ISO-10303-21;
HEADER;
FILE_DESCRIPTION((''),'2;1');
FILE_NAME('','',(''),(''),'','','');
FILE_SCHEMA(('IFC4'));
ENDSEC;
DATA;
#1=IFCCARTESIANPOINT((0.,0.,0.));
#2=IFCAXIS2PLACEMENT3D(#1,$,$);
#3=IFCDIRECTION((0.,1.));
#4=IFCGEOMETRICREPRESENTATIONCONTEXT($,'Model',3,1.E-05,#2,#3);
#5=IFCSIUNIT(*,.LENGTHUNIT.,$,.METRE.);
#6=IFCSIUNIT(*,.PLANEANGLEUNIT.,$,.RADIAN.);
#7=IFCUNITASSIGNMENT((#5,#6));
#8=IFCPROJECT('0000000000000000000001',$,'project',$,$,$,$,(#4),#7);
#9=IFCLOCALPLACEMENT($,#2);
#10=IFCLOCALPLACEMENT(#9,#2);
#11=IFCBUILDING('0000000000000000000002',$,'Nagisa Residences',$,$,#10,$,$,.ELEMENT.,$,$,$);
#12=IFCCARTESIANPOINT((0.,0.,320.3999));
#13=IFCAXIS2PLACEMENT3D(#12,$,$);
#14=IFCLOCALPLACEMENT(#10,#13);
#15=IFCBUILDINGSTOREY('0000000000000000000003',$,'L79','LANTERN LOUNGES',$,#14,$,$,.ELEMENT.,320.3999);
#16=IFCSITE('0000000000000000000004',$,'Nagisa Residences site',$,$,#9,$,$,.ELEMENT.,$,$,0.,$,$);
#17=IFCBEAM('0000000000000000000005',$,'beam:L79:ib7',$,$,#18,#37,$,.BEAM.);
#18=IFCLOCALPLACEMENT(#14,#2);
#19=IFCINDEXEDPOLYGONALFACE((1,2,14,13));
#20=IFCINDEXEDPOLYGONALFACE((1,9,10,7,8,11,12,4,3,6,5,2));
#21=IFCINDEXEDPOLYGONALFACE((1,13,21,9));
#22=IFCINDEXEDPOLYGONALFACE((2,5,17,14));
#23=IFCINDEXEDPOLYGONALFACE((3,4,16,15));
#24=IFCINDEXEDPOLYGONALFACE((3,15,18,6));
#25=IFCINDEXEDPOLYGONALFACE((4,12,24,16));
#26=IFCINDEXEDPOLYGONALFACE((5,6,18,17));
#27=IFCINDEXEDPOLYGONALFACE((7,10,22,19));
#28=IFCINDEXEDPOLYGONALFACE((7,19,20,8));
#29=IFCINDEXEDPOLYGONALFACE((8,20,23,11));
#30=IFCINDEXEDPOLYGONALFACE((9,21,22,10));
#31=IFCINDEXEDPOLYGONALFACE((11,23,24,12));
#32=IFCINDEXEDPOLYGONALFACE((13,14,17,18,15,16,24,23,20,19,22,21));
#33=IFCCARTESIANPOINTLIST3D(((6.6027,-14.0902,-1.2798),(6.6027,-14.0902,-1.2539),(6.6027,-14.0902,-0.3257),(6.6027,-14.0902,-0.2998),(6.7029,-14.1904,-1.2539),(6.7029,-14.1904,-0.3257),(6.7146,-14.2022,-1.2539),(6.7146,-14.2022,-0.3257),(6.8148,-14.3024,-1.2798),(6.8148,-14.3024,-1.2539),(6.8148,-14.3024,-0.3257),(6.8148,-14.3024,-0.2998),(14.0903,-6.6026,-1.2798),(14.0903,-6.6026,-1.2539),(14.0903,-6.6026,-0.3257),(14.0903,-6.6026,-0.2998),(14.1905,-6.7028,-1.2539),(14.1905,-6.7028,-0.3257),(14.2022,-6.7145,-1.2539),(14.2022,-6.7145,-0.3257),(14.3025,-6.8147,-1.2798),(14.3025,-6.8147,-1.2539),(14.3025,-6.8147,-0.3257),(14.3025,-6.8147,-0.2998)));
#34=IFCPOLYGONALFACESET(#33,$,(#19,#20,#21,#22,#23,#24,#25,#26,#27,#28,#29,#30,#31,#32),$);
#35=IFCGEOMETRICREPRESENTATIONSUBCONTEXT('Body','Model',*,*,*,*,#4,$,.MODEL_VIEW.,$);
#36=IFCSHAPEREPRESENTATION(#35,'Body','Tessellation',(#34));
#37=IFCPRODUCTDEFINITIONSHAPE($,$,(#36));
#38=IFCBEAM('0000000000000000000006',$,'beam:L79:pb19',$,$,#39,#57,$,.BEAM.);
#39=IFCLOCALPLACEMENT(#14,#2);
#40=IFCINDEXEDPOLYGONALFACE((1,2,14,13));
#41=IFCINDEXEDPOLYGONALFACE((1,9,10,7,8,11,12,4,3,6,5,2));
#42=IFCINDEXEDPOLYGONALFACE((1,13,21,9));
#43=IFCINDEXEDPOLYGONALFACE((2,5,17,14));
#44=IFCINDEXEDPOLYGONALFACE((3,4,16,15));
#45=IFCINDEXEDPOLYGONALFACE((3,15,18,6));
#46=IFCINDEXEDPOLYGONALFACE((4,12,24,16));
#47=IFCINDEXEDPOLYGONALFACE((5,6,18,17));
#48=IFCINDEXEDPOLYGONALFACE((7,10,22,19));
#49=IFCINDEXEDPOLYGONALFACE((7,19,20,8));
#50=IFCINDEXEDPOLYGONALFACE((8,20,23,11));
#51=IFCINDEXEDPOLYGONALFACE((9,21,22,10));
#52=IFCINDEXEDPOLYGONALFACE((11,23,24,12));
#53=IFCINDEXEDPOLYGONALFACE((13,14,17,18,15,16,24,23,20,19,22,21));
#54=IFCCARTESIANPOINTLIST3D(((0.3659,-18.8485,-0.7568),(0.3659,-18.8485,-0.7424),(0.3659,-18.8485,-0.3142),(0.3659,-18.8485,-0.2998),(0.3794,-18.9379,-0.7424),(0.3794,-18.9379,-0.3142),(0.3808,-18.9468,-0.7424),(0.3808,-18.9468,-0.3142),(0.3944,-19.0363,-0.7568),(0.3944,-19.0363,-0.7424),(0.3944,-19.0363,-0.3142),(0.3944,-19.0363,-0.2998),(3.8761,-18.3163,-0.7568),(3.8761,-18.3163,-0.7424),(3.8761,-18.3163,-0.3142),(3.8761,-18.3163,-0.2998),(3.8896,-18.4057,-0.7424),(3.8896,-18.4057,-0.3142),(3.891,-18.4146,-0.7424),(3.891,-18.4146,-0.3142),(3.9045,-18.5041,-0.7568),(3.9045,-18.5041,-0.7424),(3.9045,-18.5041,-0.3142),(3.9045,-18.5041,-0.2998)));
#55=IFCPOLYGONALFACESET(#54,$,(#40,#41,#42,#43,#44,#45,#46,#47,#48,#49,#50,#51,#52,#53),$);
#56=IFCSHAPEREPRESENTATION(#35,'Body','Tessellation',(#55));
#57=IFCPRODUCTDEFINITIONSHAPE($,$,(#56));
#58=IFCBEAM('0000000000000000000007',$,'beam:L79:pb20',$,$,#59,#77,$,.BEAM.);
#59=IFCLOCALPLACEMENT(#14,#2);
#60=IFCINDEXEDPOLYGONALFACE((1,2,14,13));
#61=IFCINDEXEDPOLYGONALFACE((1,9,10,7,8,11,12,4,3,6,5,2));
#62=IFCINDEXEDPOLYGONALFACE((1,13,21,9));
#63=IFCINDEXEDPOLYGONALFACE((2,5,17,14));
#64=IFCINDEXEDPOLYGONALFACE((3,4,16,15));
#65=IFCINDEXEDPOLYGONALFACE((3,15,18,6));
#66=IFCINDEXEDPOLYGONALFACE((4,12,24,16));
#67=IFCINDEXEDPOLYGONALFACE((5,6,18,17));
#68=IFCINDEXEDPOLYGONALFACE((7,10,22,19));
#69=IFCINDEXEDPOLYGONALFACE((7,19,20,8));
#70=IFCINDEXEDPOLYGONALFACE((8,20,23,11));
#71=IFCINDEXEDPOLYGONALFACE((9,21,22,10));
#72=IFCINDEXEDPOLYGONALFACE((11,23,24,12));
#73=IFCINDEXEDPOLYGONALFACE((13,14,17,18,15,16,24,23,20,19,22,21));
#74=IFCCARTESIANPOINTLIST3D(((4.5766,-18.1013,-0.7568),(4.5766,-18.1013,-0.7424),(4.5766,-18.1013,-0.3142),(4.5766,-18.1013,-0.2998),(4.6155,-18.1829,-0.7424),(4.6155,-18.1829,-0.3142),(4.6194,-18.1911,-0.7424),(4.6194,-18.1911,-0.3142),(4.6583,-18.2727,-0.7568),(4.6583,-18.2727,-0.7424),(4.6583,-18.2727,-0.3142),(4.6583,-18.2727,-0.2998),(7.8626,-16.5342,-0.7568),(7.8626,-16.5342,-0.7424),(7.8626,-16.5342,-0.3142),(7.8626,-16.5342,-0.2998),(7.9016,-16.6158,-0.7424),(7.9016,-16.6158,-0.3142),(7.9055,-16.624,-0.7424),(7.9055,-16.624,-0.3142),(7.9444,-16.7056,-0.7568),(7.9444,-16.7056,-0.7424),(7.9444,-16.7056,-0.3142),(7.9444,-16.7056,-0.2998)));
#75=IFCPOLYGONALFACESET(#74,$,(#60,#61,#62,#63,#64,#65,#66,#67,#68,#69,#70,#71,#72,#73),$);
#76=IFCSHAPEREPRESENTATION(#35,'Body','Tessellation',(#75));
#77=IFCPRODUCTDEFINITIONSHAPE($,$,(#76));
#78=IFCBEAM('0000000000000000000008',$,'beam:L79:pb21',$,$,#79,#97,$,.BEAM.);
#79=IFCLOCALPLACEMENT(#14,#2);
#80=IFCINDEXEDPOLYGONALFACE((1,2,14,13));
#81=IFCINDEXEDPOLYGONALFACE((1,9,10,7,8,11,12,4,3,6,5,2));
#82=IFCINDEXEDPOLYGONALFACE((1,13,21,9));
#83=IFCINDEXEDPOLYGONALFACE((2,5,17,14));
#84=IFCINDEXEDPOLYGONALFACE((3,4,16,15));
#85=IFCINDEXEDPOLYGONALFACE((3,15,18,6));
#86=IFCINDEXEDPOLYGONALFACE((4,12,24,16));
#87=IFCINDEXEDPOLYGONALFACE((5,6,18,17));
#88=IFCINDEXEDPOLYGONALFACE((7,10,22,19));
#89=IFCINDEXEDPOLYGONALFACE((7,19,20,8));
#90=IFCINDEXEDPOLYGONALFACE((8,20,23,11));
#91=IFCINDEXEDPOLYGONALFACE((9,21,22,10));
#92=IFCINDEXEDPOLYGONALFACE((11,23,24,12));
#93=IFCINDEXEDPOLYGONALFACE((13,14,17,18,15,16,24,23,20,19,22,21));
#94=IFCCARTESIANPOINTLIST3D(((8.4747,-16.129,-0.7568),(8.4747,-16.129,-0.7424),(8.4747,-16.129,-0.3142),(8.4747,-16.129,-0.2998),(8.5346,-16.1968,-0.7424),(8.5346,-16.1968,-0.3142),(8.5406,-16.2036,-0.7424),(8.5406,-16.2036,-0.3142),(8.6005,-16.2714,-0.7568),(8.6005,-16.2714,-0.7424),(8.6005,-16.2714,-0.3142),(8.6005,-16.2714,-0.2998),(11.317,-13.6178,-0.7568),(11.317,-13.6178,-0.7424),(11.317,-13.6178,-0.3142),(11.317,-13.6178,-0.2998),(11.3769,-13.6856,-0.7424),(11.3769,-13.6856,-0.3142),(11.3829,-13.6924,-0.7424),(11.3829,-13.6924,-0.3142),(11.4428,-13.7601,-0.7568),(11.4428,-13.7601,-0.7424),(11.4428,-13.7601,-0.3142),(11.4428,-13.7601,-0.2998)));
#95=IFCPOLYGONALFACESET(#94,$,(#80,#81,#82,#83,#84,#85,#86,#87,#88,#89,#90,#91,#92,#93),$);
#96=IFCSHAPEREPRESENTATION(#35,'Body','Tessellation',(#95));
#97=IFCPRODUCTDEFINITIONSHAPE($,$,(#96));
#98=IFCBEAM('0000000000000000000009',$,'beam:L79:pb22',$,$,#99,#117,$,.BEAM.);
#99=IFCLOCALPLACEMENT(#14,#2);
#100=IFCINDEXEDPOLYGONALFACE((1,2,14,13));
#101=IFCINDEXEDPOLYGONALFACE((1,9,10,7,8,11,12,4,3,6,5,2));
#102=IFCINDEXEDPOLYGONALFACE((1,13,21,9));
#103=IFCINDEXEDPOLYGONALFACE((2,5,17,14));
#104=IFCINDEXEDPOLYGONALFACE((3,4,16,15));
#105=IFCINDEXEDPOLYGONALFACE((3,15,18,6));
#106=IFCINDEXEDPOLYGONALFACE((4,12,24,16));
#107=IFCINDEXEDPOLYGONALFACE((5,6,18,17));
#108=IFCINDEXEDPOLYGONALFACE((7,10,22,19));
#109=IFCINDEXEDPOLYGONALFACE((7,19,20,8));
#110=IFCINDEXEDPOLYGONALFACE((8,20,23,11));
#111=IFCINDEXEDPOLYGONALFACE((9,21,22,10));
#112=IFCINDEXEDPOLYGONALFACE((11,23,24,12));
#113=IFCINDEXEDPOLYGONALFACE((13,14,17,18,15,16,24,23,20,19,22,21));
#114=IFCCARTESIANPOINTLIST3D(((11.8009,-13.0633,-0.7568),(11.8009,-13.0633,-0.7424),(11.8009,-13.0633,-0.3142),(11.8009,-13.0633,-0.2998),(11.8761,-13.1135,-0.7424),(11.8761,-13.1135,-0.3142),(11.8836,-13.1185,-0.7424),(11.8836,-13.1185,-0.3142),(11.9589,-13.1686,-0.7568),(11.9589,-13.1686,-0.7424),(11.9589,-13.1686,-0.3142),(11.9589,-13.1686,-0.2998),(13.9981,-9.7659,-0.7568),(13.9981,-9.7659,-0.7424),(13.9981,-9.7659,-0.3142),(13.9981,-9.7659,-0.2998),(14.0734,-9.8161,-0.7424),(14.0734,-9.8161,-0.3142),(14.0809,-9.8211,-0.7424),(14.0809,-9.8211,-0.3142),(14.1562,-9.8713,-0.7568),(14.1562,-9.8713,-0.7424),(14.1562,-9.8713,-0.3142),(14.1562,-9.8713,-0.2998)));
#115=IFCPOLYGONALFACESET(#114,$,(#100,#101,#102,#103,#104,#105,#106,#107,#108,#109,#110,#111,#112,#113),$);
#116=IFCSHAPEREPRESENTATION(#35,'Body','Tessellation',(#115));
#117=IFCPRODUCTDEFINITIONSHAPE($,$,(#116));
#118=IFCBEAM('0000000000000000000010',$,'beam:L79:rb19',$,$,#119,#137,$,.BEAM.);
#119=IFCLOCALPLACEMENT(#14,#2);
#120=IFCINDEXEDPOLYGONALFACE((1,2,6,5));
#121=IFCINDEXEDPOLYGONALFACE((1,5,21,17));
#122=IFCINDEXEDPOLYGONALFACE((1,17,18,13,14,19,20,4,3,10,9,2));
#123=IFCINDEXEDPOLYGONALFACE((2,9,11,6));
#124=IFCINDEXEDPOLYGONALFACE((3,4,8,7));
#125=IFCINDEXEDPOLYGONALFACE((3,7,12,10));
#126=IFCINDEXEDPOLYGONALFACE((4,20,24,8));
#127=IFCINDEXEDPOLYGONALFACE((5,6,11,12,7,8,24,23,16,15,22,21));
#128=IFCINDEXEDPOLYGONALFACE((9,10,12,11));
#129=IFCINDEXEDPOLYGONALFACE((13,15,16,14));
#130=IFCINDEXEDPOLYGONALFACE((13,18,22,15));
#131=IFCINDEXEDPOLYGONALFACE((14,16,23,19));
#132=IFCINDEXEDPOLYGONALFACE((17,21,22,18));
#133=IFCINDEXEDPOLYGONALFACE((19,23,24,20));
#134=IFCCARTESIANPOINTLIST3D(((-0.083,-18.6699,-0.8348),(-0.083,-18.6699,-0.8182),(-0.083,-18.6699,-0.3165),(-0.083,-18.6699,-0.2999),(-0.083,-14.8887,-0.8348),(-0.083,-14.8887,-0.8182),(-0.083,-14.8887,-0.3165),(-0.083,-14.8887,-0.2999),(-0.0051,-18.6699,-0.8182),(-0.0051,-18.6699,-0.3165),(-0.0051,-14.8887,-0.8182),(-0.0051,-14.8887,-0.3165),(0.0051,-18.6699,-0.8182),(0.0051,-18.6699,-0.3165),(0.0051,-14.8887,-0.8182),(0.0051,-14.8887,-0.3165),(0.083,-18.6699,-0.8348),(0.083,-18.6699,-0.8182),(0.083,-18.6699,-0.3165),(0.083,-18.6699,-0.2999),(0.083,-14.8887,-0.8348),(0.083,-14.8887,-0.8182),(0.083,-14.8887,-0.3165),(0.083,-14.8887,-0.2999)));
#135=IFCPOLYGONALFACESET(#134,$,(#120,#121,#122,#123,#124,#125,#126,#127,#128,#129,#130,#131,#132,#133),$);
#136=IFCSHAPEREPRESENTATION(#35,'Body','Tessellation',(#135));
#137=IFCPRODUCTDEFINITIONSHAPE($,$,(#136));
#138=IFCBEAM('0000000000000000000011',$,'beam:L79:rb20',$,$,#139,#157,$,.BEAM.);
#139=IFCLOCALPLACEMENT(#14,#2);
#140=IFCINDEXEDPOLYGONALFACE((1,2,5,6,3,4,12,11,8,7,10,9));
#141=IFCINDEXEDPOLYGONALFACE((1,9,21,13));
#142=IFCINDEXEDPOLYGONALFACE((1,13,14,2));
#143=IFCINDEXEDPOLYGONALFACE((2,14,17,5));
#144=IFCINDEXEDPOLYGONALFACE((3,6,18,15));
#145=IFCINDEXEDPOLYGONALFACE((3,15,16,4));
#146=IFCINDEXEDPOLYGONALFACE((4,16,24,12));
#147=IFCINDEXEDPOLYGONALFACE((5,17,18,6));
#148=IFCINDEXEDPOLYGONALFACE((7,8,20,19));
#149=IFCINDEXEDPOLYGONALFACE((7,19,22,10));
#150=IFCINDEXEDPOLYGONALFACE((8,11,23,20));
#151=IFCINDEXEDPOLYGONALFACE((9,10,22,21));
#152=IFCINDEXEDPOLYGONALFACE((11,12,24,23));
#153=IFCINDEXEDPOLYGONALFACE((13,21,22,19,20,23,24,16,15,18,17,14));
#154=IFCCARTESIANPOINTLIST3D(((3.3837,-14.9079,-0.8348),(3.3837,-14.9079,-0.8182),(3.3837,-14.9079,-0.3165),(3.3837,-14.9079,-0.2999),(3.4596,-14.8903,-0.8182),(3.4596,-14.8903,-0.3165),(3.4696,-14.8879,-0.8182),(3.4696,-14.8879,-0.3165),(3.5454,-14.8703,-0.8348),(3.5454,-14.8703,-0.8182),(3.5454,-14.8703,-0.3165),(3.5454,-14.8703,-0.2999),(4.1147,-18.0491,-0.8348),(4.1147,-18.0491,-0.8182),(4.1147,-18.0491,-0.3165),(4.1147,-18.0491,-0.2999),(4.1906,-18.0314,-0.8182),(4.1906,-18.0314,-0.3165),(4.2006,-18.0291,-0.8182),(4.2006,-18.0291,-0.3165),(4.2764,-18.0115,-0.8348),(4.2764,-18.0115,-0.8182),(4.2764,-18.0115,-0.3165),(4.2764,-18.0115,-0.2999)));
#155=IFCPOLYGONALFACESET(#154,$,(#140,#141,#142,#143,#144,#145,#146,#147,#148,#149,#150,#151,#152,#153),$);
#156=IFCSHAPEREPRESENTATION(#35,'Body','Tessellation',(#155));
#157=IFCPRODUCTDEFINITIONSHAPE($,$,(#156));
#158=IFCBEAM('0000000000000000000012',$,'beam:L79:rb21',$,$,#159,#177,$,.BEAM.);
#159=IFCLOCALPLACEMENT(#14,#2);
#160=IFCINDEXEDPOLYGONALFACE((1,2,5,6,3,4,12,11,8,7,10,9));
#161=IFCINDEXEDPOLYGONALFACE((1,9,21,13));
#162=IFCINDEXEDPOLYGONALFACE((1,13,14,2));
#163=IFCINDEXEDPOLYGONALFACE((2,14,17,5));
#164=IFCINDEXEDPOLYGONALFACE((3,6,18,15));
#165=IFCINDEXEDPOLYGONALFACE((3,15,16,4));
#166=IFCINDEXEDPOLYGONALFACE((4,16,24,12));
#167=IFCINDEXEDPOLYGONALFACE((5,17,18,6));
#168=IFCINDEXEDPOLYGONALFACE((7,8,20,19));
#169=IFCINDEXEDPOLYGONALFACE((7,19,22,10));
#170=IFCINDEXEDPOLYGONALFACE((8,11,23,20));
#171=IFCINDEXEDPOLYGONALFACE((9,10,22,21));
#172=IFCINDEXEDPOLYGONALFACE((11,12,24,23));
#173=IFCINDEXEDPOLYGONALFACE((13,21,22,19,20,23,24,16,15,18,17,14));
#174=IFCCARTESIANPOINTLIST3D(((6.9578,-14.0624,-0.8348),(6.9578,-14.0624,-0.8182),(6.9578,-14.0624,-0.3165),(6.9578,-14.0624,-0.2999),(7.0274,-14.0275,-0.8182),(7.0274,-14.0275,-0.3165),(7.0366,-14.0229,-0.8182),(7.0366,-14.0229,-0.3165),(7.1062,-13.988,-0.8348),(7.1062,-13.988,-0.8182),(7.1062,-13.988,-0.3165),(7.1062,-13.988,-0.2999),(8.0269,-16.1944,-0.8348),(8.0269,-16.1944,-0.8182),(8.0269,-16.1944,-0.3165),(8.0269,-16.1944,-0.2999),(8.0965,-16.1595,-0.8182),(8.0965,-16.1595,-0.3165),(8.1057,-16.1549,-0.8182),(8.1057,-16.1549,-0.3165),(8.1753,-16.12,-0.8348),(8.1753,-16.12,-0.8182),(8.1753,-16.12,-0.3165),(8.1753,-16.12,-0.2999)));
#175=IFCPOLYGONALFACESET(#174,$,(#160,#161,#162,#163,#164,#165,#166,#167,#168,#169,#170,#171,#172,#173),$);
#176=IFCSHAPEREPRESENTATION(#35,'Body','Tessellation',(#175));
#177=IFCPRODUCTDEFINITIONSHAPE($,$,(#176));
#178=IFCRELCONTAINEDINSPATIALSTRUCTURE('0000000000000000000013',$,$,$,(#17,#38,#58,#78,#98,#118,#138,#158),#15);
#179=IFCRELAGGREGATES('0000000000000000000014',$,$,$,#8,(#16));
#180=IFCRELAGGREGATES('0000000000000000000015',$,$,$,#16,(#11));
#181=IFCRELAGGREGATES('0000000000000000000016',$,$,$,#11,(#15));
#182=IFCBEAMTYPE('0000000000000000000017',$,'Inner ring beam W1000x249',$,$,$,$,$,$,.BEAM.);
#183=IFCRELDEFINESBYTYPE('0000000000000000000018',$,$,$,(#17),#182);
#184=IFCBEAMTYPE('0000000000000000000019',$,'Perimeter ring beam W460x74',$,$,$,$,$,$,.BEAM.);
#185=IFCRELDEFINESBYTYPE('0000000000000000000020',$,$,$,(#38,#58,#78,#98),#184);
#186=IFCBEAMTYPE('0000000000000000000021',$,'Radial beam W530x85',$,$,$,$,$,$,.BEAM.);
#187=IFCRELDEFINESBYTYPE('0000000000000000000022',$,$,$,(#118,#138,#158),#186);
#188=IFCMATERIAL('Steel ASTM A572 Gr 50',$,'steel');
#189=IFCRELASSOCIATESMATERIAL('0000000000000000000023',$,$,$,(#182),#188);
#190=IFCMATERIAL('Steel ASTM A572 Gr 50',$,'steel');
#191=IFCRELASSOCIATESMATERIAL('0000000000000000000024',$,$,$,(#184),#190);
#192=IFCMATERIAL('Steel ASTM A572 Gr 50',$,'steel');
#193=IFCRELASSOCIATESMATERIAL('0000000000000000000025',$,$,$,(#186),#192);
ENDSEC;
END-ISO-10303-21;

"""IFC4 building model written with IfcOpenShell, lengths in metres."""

from ifc_helpers import new_model, si_unit, direction, frame, origin, origin_2d, place, context, subcontext, project, spatial, i_section, extrude, material, material_profile, profile_set, type_object, element, save


model = new_model("IFC4")

# Units and contexts
model_context = context("Model", 3, precision=1e-05, world=origin(), true_north=direction((0.0, 1.0)))
body_context = subcontext(model_context, "Body", "Model", "MODEL_VIEW")
ifc_project = project(units=[si_unit("LENGTHUNIT", "METRE"), si_unit("PLANEANGLEUNIT", "RADIAN")], contexts=[model_context])

# Site, building, storey
site_placement = place(None, origin())
site = spatial("IfcSite", under=ifc_project, at=site_placement, Name="Nagisa Residences site", CompositionType="ELEMENT", RefElevation=0.0)
building_placement = place(site_placement, origin())
building = spatial("IfcBuilding", under=site, at=building_placement, Name="Nagisa Residences", CompositionType="ELEMENT")
storey_placement = place(building_placement, frame((0.0, 0.0, 320.3999)))
storey = spatial("IfcBuildingStorey", under=building, at=storey_placement, Name="L79", Description="LANTERN LOUNGES", CompositionType="ELEMENT", Elevation=320.3999)

# Beams
ifc_material_1 = material(Name="Steel ASTM A572 Gr 50", Category="steel")
ifc_material_profile_1 = material_profile(ifc_material_1, i_section(OverallWidth=0.3, OverallDepth=0.98, WebThickness=0.0166, FlangeThickness=0.0259, at=origin_2d()), Name="W1000x249")
ifc_profile_set_1 = profile_set([ifc_material_profile_1], Name="Steel ASTM A572 Gr 50")
beam_type_1 = type_object("IfcBeamType", Name="Inner ring beam W1000x249", PredefinedType="BEAM", material=ifc_profile_set_1)
beam_1_placement = place(storey_placement, frame((6.7087, -14.1963, -0.7898), z_axis=(0.707107, 0.707107, 0.0), x_axis=(-0.707107, 0.707107, 0.0)))
element("IfcBeam", 1, at=beam_1_placement, inside=storey, type_object=beam_type_1, Name="beam:L79:ib7", PredefinedType="BEAM", context=body_context, shape_type="SweptSolid", body=[
    extrude(i_section(OverallWidth=0.3, OverallDepth=0.98, WebThickness=0.0166, FlangeThickness=0.0259, at=origin_2d()), origin(), (0.0, 0.0, 1.0), 10.5891),
])
ifc_material_2 = material(Name="Steel ASTM A572 Gr 50", Category="steel")
ifc_material_profile_2 = material_profile(ifc_material_2, i_section(OverallWidth=0.1899, OverallDepth=0.457, WebThickness=0.009, FlangeThickness=0.0144, at=origin_2d()), Name="W460x74")
ifc_profile_set_2 = profile_set([ifc_material_profile_2], Name="Steel ASTM A572 Gr 50")
beam_type_2 = type_object("IfcBeamType", Name="Perimeter ring beam W460x74", PredefinedType="BEAM", material=ifc_profile_set_2)
beam_2_placement = place(storey_placement, frame((0.3801, -18.9424, -0.5283), z_axis=(0.9887, 0.149907, 0.0), x_axis=(-0.149907, 0.9887, 0.0)))
element("IfcBeam", 2, at=beam_2_placement, inside=storey, type_object=beam_type_2, Name="beam:L79:pb19", PredefinedType="BEAM", context=body_context, shape_type="SweptSolid", body=[
    extrude(i_section(OverallWidth=0.1899, OverallDepth=0.457, WebThickness=0.009, FlangeThickness=0.0144, at=origin_2d()), origin(), (0.0, 0.0, 1.0), 3.5503),
])
beam_3_placement = place(storey_placement, frame((4.6174, -18.187, -0.5283), z_axis=(0.902614, 0.430452, 0.0), x_axis=(-0.430452, 0.902614, 0.0)))
element("IfcBeam", 3, at=beam_3_placement, inside=storey, type_object=beam_type_2, Name="beam:L79:pb20", PredefinedType="BEAM", context=body_context, shape_type="SweptSolid", body=[
    extrude(i_section(OverallWidth=0.1899, OverallDepth=0.457, WebThickness=0.009, FlangeThickness=0.0144, at=origin_2d()), origin(), (0.0, 0.0, 1.0), 3.6406),
])
beam_4_placement = place(storey_placement, frame((8.5376, -16.2002, -0.5283), z_axis=(0.749402, 0.662115, 0.0), x_axis=(-0.662115, 0.749402, 0.0)))
element("IfcBeam", 4, at=beam_4_placement, inside=storey, type_object=beam_type_2, Name="beam:L79:pb21", PredefinedType="BEAM", context=body_context, shape_type="SweptSolid", body=[
    extrude(i_section(OverallWidth=0.1899, OverallDepth=0.457, WebThickness=0.009, FlangeThickness=0.0144, at=origin_2d()), origin(), (0.0, 0.0, 1.0), 3.7927),
])
beam_5_placement = place(storey_placement, frame((11.8799, -13.116, -0.5283), z_axis=(0.55453, 0.832164, 0.0), x_axis=(-0.832164, 0.55453, 0.0)))
element("IfcBeam", 5, at=beam_5_placement, inside=storey, type_object=beam_type_2, Name="beam:L79:pb22", PredefinedType="BEAM", context=body_context, shape_type="SweptSolid", body=[
    extrude(i_section(OverallWidth=0.1899, OverallDepth=0.457, WebThickness=0.009, FlangeThickness=0.0144, at=origin_2d()), origin(), (0.0, 0.0, 1.0), 3.9624),
])
ifc_material_3 = material(Name="Steel ASTM A572 Gr 50", Category="steel")
ifc_material_profile_3 = material_profile(ifc_material_3, i_section(OverallWidth=0.166, OverallDepth=0.5349, WebThickness=0.0103, FlangeThickness=0.0166, at=origin_2d()), Name="W530x85")
ifc_profile_set_3 = profile_set([ifc_material_profile_3], Name="Steel ASTM A572 Gr 50")
beam_type_3 = type_object("IfcBeamType", Name="Radial beam W530x85", PredefinedType="BEAM", material=ifc_profile_set_3)
beam_6_placement = place(storey_placement, frame((0.0, -18.6699, -0.5674), z_axis=(0.0, 1.0, 0.0), x_axis=(-1.0, 0.0, 0.0)))
element("IfcBeam", 6, at=beam_6_placement, inside=storey, type_object=beam_type_3, Name="beam:L79:rb19", PredefinedType="BEAM", context=body_context, shape_type="SweptSolid", body=[
    extrude(i_section(OverallWidth=0.166, OverallDepth=0.5349, WebThickness=0.0103, FlangeThickness=0.0166, at=origin_2d()), origin(), (0.0, 0.0, 1.0), 3.7812),
])
beam_7_placement = place(storey_placement, frame((4.1956, -18.0303, -0.5674), z_axis=(-0.22665, 0.973976, 0.0), x_axis=(-0.973976, -0.22665, 0.0)))
element("IfcBeam", 7, at=beam_7_placement, inside=storey, type_object=beam_type_3, Name="beam:L79:rb20", PredefinedType="BEAM", context=body_context, shape_type="SweptSolid", body=[
    extrude(i_section(OverallWidth=0.166, OverallDepth=0.5349, WebThickness=0.0103, FlangeThickness=0.0166, at=origin_2d()), origin(), (0.0, 0.0, 1.0), 3.2251),
])
beam_8_placement = place(storey_placement, frame((8.1011, -16.1572, -0.5674), z_axis=(-0.448237, 0.893915, 0.0), x_axis=(-0.893915, -0.448237, 0.0)))
element("IfcBeam", 8, at=beam_8_placement, inside=storey, type_object=beam_type_3, Name="beam:L79:rb21", PredefinedType="BEAM", context=body_context, shape_type="SweptSolid", body=[
    extrude(i_section(OverallWidth=0.166, OverallDepth=0.5349, WebThickness=0.0103, FlangeThickness=0.0166, at=origin_2d()), origin(), (0.0, 0.0, 1.0), 2.385),
])

save(model, "model.ifc")
